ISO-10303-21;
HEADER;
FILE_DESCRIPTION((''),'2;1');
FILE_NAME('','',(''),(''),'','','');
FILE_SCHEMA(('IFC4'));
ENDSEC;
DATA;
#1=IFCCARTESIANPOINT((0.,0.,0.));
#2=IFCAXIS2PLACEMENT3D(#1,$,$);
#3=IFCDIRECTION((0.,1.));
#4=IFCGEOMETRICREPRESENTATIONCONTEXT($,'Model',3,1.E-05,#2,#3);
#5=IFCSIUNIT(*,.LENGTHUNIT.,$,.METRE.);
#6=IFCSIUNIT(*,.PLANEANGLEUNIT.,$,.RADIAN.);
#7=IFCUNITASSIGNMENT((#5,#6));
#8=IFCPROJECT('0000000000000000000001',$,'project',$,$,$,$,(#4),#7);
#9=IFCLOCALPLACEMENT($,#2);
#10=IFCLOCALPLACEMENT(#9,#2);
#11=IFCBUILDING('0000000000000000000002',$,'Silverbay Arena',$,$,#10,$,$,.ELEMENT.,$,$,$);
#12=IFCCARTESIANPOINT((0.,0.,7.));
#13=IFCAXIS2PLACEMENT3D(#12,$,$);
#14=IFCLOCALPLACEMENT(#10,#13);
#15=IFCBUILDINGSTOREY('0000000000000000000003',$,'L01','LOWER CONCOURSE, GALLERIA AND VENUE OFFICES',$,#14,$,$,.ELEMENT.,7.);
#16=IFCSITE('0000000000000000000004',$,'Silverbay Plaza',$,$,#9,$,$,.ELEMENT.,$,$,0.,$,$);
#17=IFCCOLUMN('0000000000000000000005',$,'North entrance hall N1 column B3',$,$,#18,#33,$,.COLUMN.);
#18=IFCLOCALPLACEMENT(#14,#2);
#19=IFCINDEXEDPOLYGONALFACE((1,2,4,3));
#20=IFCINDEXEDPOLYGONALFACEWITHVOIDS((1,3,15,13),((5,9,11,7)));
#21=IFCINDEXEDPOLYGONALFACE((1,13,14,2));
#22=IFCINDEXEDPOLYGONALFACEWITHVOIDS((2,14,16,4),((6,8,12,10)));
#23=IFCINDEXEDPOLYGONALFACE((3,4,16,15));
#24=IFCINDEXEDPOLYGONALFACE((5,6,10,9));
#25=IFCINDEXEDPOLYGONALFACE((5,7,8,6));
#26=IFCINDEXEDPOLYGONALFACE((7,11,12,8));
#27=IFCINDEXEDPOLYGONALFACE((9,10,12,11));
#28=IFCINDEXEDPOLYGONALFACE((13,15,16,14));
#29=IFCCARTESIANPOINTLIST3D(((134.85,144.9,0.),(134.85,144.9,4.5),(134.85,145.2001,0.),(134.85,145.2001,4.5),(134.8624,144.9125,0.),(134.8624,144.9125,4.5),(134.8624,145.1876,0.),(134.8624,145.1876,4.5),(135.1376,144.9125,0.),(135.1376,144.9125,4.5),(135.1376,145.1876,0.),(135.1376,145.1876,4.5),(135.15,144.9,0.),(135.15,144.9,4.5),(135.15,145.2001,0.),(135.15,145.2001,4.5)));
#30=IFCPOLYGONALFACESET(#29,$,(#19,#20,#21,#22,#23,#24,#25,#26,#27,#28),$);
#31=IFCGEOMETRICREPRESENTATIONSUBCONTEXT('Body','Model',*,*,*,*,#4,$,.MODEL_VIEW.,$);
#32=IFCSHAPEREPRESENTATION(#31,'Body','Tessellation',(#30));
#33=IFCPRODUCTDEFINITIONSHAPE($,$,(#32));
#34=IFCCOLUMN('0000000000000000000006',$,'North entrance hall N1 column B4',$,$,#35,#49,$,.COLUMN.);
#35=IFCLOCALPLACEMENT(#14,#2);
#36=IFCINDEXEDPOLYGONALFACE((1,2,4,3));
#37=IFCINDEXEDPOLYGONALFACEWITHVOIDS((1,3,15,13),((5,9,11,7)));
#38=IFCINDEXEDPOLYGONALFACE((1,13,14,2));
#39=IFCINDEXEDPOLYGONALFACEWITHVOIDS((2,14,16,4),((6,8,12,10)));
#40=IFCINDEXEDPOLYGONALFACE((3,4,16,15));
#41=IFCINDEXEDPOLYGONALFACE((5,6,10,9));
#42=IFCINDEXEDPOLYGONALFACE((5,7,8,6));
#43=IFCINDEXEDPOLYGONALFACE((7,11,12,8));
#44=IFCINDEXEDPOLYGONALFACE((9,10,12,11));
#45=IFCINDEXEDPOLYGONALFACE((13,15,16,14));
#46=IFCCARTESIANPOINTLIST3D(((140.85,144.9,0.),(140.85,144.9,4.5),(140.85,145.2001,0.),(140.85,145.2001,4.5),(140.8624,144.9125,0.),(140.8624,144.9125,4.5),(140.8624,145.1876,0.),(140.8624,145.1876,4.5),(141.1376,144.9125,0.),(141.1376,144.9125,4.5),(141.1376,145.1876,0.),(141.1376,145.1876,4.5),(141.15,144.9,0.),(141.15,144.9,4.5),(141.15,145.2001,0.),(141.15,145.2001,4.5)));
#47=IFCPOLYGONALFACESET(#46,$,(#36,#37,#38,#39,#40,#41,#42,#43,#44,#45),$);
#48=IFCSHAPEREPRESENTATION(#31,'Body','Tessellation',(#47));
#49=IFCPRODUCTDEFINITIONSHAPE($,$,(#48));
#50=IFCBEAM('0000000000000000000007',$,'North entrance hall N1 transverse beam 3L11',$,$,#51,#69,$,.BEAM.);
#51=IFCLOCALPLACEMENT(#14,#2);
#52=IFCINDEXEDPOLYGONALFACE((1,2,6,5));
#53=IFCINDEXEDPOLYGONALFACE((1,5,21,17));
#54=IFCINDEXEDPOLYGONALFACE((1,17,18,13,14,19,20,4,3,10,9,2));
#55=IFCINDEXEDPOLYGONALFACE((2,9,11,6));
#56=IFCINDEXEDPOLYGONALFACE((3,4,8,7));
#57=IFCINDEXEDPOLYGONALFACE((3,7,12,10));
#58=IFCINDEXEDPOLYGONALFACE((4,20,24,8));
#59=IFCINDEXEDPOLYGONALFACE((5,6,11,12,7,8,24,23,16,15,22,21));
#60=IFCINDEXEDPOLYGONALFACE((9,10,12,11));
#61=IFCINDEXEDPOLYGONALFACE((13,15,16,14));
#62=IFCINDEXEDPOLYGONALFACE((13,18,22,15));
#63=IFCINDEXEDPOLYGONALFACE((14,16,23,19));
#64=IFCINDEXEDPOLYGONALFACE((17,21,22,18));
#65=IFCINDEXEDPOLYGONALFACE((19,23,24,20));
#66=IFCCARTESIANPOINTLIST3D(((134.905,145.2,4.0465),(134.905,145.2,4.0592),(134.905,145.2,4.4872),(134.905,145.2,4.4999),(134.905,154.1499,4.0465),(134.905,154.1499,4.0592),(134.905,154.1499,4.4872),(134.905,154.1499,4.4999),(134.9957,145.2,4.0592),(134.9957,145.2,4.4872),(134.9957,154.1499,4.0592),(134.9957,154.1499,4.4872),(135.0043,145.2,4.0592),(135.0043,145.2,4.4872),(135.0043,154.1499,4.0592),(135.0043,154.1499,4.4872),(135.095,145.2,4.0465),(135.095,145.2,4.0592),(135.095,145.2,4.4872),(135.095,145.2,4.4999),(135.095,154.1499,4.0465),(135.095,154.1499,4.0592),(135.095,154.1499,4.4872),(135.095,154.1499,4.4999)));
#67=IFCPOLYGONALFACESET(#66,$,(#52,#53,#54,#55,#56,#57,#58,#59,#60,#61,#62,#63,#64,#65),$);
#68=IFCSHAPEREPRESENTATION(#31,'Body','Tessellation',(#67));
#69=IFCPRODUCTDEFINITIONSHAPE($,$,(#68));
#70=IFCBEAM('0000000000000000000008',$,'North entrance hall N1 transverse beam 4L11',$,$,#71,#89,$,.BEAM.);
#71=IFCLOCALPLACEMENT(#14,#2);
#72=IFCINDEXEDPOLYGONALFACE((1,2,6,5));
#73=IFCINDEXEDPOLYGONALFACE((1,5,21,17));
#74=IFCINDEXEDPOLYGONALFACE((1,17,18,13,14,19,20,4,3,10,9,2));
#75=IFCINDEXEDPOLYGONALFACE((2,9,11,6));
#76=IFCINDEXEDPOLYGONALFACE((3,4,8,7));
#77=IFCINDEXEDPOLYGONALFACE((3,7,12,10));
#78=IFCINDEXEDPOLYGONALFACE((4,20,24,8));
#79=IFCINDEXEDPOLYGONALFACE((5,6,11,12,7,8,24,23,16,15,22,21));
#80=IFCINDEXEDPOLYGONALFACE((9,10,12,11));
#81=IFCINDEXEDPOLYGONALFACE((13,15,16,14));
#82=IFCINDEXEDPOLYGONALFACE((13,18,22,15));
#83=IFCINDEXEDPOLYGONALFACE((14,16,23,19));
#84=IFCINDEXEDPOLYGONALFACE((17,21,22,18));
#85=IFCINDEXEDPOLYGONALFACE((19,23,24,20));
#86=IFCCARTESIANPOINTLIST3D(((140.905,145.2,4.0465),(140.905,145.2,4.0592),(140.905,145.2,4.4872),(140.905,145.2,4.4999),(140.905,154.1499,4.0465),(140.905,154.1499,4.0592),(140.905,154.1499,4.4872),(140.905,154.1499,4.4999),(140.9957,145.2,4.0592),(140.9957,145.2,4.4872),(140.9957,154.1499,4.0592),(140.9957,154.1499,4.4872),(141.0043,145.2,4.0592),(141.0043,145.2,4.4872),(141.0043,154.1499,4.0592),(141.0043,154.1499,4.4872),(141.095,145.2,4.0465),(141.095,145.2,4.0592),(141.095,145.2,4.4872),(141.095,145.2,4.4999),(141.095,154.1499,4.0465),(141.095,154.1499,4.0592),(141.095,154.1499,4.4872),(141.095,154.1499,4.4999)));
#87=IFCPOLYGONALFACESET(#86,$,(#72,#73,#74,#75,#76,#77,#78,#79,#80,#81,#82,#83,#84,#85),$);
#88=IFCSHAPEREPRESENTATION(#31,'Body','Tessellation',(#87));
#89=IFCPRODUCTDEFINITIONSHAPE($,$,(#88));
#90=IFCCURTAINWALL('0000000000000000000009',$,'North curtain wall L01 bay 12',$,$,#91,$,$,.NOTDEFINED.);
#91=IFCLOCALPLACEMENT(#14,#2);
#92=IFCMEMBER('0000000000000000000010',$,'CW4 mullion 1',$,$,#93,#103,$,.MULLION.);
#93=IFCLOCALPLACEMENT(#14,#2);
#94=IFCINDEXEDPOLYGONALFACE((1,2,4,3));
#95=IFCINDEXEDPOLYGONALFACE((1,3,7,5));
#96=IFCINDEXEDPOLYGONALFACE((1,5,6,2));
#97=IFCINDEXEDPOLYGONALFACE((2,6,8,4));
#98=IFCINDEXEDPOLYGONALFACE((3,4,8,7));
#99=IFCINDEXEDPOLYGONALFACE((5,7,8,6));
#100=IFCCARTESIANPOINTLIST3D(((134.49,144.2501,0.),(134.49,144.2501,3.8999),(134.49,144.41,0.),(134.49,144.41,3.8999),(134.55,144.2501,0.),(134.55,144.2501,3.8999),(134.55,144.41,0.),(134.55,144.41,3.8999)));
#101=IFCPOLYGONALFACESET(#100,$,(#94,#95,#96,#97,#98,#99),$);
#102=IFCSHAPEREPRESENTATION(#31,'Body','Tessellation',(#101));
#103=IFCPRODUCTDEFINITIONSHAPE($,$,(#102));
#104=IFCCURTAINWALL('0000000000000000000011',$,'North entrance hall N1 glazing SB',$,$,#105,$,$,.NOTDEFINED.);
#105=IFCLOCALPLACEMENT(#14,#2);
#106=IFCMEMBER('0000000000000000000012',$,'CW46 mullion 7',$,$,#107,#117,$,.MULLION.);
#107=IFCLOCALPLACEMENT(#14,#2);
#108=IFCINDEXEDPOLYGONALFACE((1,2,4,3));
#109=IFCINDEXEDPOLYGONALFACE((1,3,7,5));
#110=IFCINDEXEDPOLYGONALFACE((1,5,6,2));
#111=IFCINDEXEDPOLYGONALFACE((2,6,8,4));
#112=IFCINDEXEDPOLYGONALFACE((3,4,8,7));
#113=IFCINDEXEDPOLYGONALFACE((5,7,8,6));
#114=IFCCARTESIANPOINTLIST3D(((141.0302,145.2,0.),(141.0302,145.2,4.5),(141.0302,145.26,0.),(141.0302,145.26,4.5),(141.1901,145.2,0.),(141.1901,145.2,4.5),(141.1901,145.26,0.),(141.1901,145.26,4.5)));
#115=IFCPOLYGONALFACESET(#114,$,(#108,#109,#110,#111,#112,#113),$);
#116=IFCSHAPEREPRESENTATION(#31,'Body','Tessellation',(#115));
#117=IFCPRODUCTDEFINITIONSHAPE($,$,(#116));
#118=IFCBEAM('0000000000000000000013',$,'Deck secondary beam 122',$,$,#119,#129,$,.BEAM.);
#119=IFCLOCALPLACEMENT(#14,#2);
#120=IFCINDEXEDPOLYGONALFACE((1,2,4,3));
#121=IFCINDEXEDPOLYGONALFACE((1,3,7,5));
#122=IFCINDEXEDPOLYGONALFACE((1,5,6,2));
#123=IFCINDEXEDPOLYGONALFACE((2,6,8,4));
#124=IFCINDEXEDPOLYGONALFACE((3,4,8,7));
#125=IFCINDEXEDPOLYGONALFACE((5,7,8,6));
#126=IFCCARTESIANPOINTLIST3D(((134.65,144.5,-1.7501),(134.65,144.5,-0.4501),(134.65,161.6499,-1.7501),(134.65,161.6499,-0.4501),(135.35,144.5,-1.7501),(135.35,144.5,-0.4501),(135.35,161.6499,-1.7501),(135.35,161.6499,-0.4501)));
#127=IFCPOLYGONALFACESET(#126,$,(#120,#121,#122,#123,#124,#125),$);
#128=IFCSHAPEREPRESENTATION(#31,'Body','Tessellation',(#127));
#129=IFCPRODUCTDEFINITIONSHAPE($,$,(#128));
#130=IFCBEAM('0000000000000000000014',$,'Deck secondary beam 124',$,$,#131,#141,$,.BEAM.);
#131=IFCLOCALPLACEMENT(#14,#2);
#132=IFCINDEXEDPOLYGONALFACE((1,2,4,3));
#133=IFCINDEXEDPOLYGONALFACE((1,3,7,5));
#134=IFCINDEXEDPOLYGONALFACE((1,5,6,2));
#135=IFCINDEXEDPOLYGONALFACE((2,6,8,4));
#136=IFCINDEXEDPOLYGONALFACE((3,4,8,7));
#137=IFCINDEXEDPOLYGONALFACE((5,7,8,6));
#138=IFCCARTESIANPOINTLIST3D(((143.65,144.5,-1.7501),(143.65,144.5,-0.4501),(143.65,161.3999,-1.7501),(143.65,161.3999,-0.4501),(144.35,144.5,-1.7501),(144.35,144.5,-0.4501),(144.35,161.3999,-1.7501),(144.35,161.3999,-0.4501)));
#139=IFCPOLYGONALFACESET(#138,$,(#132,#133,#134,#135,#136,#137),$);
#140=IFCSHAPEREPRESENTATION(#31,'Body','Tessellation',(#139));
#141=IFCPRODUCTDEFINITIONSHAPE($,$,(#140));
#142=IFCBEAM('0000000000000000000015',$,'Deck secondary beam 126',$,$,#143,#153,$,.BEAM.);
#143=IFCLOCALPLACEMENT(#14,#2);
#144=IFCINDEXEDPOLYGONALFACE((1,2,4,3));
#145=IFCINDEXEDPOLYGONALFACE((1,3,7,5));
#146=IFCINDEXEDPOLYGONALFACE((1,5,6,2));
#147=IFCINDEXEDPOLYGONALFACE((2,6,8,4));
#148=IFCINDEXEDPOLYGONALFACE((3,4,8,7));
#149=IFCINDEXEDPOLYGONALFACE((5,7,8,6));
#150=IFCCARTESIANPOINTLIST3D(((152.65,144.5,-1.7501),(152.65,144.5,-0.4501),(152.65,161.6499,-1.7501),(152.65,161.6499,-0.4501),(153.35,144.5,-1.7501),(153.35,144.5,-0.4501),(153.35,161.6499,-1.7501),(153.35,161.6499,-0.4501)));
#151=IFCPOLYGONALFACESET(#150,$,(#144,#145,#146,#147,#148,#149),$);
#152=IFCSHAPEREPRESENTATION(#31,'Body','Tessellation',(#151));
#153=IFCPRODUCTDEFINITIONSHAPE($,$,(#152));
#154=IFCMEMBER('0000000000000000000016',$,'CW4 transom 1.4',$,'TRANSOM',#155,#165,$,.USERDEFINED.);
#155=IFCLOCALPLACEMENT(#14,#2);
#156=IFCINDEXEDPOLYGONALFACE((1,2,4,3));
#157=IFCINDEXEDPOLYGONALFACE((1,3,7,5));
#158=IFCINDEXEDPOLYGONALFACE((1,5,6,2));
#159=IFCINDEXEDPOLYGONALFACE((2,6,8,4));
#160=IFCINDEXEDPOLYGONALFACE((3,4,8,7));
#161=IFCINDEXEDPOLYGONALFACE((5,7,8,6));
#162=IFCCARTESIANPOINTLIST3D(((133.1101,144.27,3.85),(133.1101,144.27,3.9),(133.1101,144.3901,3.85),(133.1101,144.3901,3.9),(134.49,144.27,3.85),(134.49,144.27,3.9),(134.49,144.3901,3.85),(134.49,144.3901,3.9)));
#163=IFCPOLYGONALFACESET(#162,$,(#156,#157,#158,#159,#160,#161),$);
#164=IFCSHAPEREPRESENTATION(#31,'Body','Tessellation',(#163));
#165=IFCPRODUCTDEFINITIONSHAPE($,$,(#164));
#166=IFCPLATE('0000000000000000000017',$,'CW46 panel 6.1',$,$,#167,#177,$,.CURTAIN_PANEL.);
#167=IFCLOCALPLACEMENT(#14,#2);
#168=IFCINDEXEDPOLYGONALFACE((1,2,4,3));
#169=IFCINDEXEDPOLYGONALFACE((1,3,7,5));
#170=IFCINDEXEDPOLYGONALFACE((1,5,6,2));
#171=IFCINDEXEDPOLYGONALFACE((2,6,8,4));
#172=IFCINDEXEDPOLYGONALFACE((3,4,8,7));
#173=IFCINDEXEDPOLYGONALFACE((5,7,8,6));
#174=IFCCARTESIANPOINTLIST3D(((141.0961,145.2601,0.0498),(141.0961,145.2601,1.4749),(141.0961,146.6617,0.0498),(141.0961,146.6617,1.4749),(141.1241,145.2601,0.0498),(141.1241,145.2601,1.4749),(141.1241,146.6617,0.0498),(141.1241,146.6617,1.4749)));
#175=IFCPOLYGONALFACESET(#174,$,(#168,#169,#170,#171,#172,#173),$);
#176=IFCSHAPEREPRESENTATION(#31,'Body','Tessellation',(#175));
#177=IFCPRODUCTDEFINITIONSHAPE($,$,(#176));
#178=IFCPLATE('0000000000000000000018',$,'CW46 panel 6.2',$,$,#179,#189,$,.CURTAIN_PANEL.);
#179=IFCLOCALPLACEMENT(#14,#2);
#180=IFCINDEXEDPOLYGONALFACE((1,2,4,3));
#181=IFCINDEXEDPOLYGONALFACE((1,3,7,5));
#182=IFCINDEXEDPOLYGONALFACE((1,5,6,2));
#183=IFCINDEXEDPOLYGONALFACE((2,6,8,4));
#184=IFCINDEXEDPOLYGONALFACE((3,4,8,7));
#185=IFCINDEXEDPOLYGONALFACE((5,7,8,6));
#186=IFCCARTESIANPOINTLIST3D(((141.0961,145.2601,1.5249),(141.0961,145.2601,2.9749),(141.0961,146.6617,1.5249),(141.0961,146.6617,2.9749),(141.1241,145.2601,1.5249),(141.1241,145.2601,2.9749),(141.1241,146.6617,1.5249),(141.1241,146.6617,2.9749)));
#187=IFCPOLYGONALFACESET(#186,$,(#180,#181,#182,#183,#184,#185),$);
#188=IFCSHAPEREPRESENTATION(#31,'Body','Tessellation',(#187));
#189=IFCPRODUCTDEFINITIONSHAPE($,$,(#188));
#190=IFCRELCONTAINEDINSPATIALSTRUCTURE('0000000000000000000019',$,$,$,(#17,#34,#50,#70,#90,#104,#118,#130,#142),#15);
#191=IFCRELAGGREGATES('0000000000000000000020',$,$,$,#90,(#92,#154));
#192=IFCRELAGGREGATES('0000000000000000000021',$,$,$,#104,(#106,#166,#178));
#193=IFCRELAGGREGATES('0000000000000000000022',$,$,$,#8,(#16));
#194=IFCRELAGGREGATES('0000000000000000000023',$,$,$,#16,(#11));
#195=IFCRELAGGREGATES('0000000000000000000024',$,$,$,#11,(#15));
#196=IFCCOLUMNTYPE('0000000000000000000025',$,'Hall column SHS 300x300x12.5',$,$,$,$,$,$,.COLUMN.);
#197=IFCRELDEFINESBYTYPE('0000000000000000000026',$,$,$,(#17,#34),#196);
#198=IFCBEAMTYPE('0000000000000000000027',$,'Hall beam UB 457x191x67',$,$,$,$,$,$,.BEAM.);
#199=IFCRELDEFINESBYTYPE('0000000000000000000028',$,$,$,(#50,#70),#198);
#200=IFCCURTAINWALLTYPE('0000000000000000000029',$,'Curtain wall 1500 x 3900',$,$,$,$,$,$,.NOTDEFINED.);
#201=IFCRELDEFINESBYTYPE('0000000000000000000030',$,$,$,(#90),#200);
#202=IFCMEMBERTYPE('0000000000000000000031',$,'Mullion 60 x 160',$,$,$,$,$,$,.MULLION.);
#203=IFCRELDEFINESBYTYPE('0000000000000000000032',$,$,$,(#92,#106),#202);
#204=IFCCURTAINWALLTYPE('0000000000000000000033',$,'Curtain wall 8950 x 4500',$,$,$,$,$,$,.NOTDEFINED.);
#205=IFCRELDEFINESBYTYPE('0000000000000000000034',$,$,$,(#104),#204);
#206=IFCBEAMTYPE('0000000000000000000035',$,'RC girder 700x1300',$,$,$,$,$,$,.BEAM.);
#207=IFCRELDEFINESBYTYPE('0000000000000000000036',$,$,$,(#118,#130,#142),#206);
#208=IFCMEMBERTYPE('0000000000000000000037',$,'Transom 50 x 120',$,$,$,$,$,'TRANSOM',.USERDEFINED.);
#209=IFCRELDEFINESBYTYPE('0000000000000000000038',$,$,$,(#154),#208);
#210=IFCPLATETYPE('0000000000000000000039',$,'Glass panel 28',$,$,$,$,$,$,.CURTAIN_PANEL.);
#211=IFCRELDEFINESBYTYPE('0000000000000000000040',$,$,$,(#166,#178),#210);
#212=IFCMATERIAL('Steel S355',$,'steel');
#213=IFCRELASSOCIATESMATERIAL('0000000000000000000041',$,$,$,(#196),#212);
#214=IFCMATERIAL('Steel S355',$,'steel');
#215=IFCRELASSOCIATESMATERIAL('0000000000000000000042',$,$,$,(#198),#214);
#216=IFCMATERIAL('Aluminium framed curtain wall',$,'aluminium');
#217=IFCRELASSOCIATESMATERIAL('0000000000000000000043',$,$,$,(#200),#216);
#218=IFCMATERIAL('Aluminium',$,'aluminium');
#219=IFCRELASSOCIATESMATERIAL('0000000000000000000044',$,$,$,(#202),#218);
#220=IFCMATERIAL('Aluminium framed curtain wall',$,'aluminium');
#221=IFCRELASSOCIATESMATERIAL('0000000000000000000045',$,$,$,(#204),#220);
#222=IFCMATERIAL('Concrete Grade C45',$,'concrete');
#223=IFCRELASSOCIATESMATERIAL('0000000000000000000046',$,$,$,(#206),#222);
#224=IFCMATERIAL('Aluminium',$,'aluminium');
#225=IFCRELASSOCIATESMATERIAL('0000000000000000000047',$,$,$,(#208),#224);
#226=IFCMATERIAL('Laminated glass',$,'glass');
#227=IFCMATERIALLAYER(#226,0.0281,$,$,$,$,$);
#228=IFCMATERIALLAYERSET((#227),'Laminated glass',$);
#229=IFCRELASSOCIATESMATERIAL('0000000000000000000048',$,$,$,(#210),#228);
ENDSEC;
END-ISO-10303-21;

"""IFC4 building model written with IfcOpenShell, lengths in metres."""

from ifc_helpers import new_model, si_unit, direction, frame, origin, origin_2d, place, context, subcontext, project, spatial, rectangle, hollow_rectangle, i_section, extrude, material, layer, layer_set, material_profile, profile_set, type_object, element, aggregate, save


model = new_model("IFC4")

# Units and contexts
model_context = context("Model", 3, precision=1e-05, world=origin(), true_north=direction((0.0, 1.0)))
body_context = subcontext(model_context, "Body", "Model", "MODEL_VIEW")
ifc_project = project(units=[si_unit("LENGTHUNIT", "METRE"), si_unit("PLANEANGLEUNIT", "RADIAN")], contexts=[model_context])

# Site, building, storey
site_placement = place(None, origin())
site = spatial("IfcSite", under=ifc_project, at=site_placement, Name="Silverbay Plaza", CompositionType="ELEMENT", RefElevation=0.0)
building_placement = place(site_placement, origin())
building = spatial("IfcBuilding", under=site, at=building_placement, Name="Silverbay Arena", CompositionType="ELEMENT")
storey_placement = place(building_placement, frame((0.0, 0.0, 7.0)))
storey = spatial("IfcBuildingStorey", under=building, at=storey_placement, Name="L01", Description="LOWER CONCOURSE, GALLERIA AND VENUE OFFICES", CompositionType="ELEMENT", Elevation=7.0)

# Columns
ifc_material_1 = material(Name="Steel S355", Category="steel")
ifc_material_profile_1 = material_profile(ifc_material_1, hollow_rectangle(XDim=0.3, YDim=0.3, WallThickness=0.0125, at=origin_2d()), Name="SHS 300x300x12.5")
ifc_profile_set_1 = profile_set([ifc_material_profile_1], Name="Steel S355")
column_type = type_object("IfcColumnType", Name="Hall column SHS 300x300x12.5", PredefinedType="COLUMN", material=ifc_profile_set_1)
for number, where, z_axis, x_axis, name in (
    (1, (135.0, 145.05, 0.0), (0.0, 0.0, 1.0), (1.0, 0.0, 0.0), "North entrance hall N1 column B3"),
    (2, (141.0, 145.05, 0.0), (0.0, 0.0, 1.0), (1.0, 0.0, 0.0), "North entrance hall N1 column B4"),
):
    element("IfcColumn", number, at=place(storey_placement, frame(where, z_axis=z_axis, x_axis=x_axis)), inside=storey, type_object=column_type, Name=name, PredefinedType="COLUMN", context=body_context, shape_type="SweptSolid", body=[
        extrude(hollow_rectangle(XDim=0.3, YDim=0.3, WallThickness=0.0125, at=origin_2d()), origin(), (0.0, 0.0, 1.0), 4.5),
    ])

# Beams
ifc_material_2 = material(Name="Steel S355", Category="steel")
ifc_material_profile_2 = material_profile(ifc_material_2, i_section(OverallWidth=0.1899, OverallDepth=0.4534, WebThickness=0.0085, FlangeThickness=0.0127, at=origin_2d()), Name="UB 457x191x67")
ifc_profile_set_2 = profile_set([ifc_material_profile_2], Name="Steel S355")
beam_type_1 = type_object("IfcBeamType", Name="Hall beam UB 457x191x67", PredefinedType="BEAM", material=ifc_profile_set_2)
for number, where, z_axis, x_axis, name in (
    (3, (135.0, 145.2, 4.2732), (0.0, 1.0, 0.0), (-1.0, 0.0, 0.0), "North entrance hall N1 transverse beam 3L11"),
    (4, (141.0, 145.2, 4.2732), (0.0, 1.0, 0.0), (-1.0, 0.0, 0.0), "North entrance hall N1 transverse beam 4L11"),
):
    element("IfcBeam", number, at=place(storey_placement, frame(where, z_axis=z_axis, x_axis=x_axis)), inside=storey, type_object=beam_type_1, Name=name, PredefinedType="BEAM", context=body_context, shape_type="SweptSolid", body=[
        extrude(i_section(OverallWidth=0.1899, OverallDepth=0.4534, WebThickness=0.0085, FlangeThickness=0.0127, at=origin_2d()), origin(), (0.0, 0.0, 1.0), 8.95),
    ])

# Curtain walls, members
ifc_material_3 = material(Name="Aluminium framed curtain wall", Category="aluminium")
curtain_wall_type_1 = type_object("IfcCurtainWallType", Name="Curtain wall 1500 x 3900", PredefinedType="NOTDEFINED", material=ifc_material_3)
curtain_wall_1_placement = place(storey_placement, origin())
curtain_wall_1 = element("IfcCurtainWall", 5, at=curtain_wall_1_placement, inside=storey, type_object=curtain_wall_type_1, Name="North curtain wall L01 bay 12", PredefinedType="NOTDEFINED")
ifc_material_4 = material(Name="Aluminium", Category="aluminium")
ifc_material_profile_3 = material_profile(ifc_material_4, rectangle(XDim=0.1599, YDim=0.0601, at=origin_2d()), Name="Mullion 60 x 160")
ifc_profile_set_3 = profile_set([ifc_material_profile_3], Name="Aluminium")
member_type_1 = type_object("IfcMemberType", Name="Mullion 60 x 160", PredefinedType="MULLION", material=ifc_profile_set_3)
member_1_placement = place(storey_placement, frame((134.52, 144.3301, 0.0), z_axis=(0.0, 0.0, 1.0), x_axis=(0.0, -1.0, 0.0)))
member_1 = element("IfcMember", 6, at=member_1_placement, type_object=member_type_1, Name="CW4 mullion 1", PredefinedType="MULLION", context=body_context, shape_type="SweptSolid", body=[
    extrude(rectangle(XDim=0.1599, YDim=0.0601, at=origin_2d()), origin(), (0.0, 0.0, 1.0), 3.8999),
])
ifc_material_5 = material(Name="Aluminium framed curtain wall", Category="aluminium")
curtain_wall_type_2 = type_object("IfcCurtainWallType", Name="Curtain wall 8950 x 4500", PredefinedType="NOTDEFINED", material=ifc_material_5)
curtain_wall_2_placement = place(storey_placement, origin())
curtain_wall_2 = element("IfcCurtainWall", 7, at=curtain_wall_2_placement, inside=storey, type_object=curtain_wall_type_2, Name="North entrance hall N1 glazing SB", PredefinedType="NOTDEFINED")
member_2_placement = place(storey_placement, frame((141.1101, 145.23, 0.0), z_axis=(0.0, 0.0, 1.0), x_axis=(1.0, 0.0, 0.0)))
member_2 = element("IfcMember", 8, at=member_2_placement, type_object=member_type_1, Name="CW46 mullion 7", PredefinedType="MULLION", context=body_context, shape_type="SweptSolid", body=[
    extrude(rectangle(XDim=0.1599, YDim=0.0601, at=origin_2d()), origin(), (0.0, 0.0, 1.0), 4.5),
])

# Beams
ifc_material_6 = material(Name="Concrete Grade C45", Category="concrete")
ifc_material_profile_4 = material_profile(ifc_material_6, rectangle(XDim=0.7, YDim=1.3, at=origin_2d()), Name="RC 700x1300")
ifc_profile_set_4 = profile_set([ifc_material_profile_4], Name="Concrete Grade C45")
beam_type_2 = type_object("IfcBeamType", Name="RC girder 700x1300", PredefinedType="BEAM", material=ifc_profile_set_4)
beam_1_placement = place(storey_placement, frame((135.0, 144.5, -1.1001), z_axis=(0.0, 1.0, 0.0), x_axis=(-1.0, 0.0, 0.0)))
element("IfcBeam", 9, at=beam_1_placement, inside=storey, type_object=beam_type_2, Name="Deck secondary beam 122", PredefinedType="BEAM", context=body_context, shape_type="SweptSolid", body=[
    extrude(rectangle(XDim=0.7, YDim=1.3, at=origin_2d()), origin(), (0.0, 0.0, 1.0), 17.1499),
])
beam_2_placement = place(storey_placement, frame((144.0, 144.5, -1.1001), z_axis=(0.0, 1.0, 0.0), x_axis=(-1.0, 0.0, 0.0)))
element("IfcBeam", 10, at=beam_2_placement, inside=storey, type_object=beam_type_2, Name="Deck secondary beam 124", PredefinedType="BEAM", context=body_context, shape_type="SweptSolid", body=[
    extrude(rectangle(XDim=0.7, YDim=1.3, at=origin_2d()), origin(), (0.0, 0.0, 1.0), 16.8999),
])
beam_3_placement = place(storey_placement, frame((153.0, 144.5, -1.1001), z_axis=(0.0, 1.0, 0.0), x_axis=(-1.0, 0.0, 0.0)))
element("IfcBeam", 11, at=beam_3_placement, inside=storey, type_object=beam_type_2, Name="Deck secondary beam 126", PredefinedType="BEAM", context=body_context, shape_type="SweptSolid", body=[
    extrude(rectangle(XDim=0.7, YDim=1.3, at=origin_2d()), origin(), (0.0, 0.0, 1.0), 17.1499),
])

# Member
ifc_material_7 = material(Name="Aluminium", Category="aluminium")
ifc_material_profile_5 = material_profile(ifc_material_7, rectangle(XDim=0.1201, YDim=0.05, at=origin_2d()), Name="Transom 50 x 120")
ifc_profile_set_5 = profile_set([ifc_material_profile_5], Name="Aluminium")
member_type_2 = type_object("IfcMemberType", Name="Transom 50 x 120", ElementType="TRANSOM", PredefinedType="USERDEFINED", material=ifc_profile_set_5)
member_3_placement = place(storey_placement, frame((134.49, 144.3301, 3.875), z_axis=(-1.0, 0.0, 0.0), x_axis=(0.0, -1.0, 0.0)))
member_3 = element("IfcMember", 12, at=member_3_placement, type_object=member_type_2, Name="CW4 transom 1.4", ObjectType="TRANSOM", PredefinedType="USERDEFINED", context=body_context, shape_type="SweptSolid", body=[
    extrude(rectangle(XDim=0.1201, YDim=0.05, at=origin_2d()), origin(), (0.0, 0.0, 1.0), 1.3799),
])
aggregate(curtain_wall_1, [member_1, member_3])

# Plates
ifc_material_8 = material(Name="Laminated glass", Category="glass")
ifc_layer_1 = layer(ifc_material_8, 0.0281)
ifc_layer_set_1 = layer_set([ifc_layer_1], Name="Laminated glass")
plate_type = type_object("IfcPlateType", Name="Glass panel 28", PredefinedType="CURTAIN_PANEL", material=ifc_layer_set_1)
plate_1_placement = place(storey_placement, frame((141.1101, 145.9609, 0.0498), z_axis=(0.0, 0.0, 1.0), x_axis=(0.0, -1.0, 0.0)))
plate_1 = element("IfcPlate", 13, at=plate_1_placement, type_object=plate_type, Name="CW46 panel 6.1", PredefinedType="CURTAIN_PANEL", context=body_context, shape_type="SweptSolid", body=[
    extrude(rectangle(XDim=1.4016, YDim=0.0281, at=origin_2d()), origin(), (0.0, 0.0, 1.0), 1.425),
])
plate_2_placement = place(storey_placement, frame((141.1101, 145.9609, 1.5249), z_axis=(0.0, 0.0, 1.0), x_axis=(0.0, -1.0, 0.0)))
plate_2 = element("IfcPlate", 14, at=plate_2_placement, type_object=plate_type, Name="CW46 panel 6.2", PredefinedType="CURTAIN_PANEL", context=body_context, shape_type="SweptSolid", body=[
    extrude(rectangle(XDim=1.4016, YDim=0.0281, at=origin_2d()), origin(), (0.0, 0.0, 1.0), 1.45),
])
aggregate(curtain_wall_2, [member_2, plate_1, plate_2])

save(model, "model.ifc")
